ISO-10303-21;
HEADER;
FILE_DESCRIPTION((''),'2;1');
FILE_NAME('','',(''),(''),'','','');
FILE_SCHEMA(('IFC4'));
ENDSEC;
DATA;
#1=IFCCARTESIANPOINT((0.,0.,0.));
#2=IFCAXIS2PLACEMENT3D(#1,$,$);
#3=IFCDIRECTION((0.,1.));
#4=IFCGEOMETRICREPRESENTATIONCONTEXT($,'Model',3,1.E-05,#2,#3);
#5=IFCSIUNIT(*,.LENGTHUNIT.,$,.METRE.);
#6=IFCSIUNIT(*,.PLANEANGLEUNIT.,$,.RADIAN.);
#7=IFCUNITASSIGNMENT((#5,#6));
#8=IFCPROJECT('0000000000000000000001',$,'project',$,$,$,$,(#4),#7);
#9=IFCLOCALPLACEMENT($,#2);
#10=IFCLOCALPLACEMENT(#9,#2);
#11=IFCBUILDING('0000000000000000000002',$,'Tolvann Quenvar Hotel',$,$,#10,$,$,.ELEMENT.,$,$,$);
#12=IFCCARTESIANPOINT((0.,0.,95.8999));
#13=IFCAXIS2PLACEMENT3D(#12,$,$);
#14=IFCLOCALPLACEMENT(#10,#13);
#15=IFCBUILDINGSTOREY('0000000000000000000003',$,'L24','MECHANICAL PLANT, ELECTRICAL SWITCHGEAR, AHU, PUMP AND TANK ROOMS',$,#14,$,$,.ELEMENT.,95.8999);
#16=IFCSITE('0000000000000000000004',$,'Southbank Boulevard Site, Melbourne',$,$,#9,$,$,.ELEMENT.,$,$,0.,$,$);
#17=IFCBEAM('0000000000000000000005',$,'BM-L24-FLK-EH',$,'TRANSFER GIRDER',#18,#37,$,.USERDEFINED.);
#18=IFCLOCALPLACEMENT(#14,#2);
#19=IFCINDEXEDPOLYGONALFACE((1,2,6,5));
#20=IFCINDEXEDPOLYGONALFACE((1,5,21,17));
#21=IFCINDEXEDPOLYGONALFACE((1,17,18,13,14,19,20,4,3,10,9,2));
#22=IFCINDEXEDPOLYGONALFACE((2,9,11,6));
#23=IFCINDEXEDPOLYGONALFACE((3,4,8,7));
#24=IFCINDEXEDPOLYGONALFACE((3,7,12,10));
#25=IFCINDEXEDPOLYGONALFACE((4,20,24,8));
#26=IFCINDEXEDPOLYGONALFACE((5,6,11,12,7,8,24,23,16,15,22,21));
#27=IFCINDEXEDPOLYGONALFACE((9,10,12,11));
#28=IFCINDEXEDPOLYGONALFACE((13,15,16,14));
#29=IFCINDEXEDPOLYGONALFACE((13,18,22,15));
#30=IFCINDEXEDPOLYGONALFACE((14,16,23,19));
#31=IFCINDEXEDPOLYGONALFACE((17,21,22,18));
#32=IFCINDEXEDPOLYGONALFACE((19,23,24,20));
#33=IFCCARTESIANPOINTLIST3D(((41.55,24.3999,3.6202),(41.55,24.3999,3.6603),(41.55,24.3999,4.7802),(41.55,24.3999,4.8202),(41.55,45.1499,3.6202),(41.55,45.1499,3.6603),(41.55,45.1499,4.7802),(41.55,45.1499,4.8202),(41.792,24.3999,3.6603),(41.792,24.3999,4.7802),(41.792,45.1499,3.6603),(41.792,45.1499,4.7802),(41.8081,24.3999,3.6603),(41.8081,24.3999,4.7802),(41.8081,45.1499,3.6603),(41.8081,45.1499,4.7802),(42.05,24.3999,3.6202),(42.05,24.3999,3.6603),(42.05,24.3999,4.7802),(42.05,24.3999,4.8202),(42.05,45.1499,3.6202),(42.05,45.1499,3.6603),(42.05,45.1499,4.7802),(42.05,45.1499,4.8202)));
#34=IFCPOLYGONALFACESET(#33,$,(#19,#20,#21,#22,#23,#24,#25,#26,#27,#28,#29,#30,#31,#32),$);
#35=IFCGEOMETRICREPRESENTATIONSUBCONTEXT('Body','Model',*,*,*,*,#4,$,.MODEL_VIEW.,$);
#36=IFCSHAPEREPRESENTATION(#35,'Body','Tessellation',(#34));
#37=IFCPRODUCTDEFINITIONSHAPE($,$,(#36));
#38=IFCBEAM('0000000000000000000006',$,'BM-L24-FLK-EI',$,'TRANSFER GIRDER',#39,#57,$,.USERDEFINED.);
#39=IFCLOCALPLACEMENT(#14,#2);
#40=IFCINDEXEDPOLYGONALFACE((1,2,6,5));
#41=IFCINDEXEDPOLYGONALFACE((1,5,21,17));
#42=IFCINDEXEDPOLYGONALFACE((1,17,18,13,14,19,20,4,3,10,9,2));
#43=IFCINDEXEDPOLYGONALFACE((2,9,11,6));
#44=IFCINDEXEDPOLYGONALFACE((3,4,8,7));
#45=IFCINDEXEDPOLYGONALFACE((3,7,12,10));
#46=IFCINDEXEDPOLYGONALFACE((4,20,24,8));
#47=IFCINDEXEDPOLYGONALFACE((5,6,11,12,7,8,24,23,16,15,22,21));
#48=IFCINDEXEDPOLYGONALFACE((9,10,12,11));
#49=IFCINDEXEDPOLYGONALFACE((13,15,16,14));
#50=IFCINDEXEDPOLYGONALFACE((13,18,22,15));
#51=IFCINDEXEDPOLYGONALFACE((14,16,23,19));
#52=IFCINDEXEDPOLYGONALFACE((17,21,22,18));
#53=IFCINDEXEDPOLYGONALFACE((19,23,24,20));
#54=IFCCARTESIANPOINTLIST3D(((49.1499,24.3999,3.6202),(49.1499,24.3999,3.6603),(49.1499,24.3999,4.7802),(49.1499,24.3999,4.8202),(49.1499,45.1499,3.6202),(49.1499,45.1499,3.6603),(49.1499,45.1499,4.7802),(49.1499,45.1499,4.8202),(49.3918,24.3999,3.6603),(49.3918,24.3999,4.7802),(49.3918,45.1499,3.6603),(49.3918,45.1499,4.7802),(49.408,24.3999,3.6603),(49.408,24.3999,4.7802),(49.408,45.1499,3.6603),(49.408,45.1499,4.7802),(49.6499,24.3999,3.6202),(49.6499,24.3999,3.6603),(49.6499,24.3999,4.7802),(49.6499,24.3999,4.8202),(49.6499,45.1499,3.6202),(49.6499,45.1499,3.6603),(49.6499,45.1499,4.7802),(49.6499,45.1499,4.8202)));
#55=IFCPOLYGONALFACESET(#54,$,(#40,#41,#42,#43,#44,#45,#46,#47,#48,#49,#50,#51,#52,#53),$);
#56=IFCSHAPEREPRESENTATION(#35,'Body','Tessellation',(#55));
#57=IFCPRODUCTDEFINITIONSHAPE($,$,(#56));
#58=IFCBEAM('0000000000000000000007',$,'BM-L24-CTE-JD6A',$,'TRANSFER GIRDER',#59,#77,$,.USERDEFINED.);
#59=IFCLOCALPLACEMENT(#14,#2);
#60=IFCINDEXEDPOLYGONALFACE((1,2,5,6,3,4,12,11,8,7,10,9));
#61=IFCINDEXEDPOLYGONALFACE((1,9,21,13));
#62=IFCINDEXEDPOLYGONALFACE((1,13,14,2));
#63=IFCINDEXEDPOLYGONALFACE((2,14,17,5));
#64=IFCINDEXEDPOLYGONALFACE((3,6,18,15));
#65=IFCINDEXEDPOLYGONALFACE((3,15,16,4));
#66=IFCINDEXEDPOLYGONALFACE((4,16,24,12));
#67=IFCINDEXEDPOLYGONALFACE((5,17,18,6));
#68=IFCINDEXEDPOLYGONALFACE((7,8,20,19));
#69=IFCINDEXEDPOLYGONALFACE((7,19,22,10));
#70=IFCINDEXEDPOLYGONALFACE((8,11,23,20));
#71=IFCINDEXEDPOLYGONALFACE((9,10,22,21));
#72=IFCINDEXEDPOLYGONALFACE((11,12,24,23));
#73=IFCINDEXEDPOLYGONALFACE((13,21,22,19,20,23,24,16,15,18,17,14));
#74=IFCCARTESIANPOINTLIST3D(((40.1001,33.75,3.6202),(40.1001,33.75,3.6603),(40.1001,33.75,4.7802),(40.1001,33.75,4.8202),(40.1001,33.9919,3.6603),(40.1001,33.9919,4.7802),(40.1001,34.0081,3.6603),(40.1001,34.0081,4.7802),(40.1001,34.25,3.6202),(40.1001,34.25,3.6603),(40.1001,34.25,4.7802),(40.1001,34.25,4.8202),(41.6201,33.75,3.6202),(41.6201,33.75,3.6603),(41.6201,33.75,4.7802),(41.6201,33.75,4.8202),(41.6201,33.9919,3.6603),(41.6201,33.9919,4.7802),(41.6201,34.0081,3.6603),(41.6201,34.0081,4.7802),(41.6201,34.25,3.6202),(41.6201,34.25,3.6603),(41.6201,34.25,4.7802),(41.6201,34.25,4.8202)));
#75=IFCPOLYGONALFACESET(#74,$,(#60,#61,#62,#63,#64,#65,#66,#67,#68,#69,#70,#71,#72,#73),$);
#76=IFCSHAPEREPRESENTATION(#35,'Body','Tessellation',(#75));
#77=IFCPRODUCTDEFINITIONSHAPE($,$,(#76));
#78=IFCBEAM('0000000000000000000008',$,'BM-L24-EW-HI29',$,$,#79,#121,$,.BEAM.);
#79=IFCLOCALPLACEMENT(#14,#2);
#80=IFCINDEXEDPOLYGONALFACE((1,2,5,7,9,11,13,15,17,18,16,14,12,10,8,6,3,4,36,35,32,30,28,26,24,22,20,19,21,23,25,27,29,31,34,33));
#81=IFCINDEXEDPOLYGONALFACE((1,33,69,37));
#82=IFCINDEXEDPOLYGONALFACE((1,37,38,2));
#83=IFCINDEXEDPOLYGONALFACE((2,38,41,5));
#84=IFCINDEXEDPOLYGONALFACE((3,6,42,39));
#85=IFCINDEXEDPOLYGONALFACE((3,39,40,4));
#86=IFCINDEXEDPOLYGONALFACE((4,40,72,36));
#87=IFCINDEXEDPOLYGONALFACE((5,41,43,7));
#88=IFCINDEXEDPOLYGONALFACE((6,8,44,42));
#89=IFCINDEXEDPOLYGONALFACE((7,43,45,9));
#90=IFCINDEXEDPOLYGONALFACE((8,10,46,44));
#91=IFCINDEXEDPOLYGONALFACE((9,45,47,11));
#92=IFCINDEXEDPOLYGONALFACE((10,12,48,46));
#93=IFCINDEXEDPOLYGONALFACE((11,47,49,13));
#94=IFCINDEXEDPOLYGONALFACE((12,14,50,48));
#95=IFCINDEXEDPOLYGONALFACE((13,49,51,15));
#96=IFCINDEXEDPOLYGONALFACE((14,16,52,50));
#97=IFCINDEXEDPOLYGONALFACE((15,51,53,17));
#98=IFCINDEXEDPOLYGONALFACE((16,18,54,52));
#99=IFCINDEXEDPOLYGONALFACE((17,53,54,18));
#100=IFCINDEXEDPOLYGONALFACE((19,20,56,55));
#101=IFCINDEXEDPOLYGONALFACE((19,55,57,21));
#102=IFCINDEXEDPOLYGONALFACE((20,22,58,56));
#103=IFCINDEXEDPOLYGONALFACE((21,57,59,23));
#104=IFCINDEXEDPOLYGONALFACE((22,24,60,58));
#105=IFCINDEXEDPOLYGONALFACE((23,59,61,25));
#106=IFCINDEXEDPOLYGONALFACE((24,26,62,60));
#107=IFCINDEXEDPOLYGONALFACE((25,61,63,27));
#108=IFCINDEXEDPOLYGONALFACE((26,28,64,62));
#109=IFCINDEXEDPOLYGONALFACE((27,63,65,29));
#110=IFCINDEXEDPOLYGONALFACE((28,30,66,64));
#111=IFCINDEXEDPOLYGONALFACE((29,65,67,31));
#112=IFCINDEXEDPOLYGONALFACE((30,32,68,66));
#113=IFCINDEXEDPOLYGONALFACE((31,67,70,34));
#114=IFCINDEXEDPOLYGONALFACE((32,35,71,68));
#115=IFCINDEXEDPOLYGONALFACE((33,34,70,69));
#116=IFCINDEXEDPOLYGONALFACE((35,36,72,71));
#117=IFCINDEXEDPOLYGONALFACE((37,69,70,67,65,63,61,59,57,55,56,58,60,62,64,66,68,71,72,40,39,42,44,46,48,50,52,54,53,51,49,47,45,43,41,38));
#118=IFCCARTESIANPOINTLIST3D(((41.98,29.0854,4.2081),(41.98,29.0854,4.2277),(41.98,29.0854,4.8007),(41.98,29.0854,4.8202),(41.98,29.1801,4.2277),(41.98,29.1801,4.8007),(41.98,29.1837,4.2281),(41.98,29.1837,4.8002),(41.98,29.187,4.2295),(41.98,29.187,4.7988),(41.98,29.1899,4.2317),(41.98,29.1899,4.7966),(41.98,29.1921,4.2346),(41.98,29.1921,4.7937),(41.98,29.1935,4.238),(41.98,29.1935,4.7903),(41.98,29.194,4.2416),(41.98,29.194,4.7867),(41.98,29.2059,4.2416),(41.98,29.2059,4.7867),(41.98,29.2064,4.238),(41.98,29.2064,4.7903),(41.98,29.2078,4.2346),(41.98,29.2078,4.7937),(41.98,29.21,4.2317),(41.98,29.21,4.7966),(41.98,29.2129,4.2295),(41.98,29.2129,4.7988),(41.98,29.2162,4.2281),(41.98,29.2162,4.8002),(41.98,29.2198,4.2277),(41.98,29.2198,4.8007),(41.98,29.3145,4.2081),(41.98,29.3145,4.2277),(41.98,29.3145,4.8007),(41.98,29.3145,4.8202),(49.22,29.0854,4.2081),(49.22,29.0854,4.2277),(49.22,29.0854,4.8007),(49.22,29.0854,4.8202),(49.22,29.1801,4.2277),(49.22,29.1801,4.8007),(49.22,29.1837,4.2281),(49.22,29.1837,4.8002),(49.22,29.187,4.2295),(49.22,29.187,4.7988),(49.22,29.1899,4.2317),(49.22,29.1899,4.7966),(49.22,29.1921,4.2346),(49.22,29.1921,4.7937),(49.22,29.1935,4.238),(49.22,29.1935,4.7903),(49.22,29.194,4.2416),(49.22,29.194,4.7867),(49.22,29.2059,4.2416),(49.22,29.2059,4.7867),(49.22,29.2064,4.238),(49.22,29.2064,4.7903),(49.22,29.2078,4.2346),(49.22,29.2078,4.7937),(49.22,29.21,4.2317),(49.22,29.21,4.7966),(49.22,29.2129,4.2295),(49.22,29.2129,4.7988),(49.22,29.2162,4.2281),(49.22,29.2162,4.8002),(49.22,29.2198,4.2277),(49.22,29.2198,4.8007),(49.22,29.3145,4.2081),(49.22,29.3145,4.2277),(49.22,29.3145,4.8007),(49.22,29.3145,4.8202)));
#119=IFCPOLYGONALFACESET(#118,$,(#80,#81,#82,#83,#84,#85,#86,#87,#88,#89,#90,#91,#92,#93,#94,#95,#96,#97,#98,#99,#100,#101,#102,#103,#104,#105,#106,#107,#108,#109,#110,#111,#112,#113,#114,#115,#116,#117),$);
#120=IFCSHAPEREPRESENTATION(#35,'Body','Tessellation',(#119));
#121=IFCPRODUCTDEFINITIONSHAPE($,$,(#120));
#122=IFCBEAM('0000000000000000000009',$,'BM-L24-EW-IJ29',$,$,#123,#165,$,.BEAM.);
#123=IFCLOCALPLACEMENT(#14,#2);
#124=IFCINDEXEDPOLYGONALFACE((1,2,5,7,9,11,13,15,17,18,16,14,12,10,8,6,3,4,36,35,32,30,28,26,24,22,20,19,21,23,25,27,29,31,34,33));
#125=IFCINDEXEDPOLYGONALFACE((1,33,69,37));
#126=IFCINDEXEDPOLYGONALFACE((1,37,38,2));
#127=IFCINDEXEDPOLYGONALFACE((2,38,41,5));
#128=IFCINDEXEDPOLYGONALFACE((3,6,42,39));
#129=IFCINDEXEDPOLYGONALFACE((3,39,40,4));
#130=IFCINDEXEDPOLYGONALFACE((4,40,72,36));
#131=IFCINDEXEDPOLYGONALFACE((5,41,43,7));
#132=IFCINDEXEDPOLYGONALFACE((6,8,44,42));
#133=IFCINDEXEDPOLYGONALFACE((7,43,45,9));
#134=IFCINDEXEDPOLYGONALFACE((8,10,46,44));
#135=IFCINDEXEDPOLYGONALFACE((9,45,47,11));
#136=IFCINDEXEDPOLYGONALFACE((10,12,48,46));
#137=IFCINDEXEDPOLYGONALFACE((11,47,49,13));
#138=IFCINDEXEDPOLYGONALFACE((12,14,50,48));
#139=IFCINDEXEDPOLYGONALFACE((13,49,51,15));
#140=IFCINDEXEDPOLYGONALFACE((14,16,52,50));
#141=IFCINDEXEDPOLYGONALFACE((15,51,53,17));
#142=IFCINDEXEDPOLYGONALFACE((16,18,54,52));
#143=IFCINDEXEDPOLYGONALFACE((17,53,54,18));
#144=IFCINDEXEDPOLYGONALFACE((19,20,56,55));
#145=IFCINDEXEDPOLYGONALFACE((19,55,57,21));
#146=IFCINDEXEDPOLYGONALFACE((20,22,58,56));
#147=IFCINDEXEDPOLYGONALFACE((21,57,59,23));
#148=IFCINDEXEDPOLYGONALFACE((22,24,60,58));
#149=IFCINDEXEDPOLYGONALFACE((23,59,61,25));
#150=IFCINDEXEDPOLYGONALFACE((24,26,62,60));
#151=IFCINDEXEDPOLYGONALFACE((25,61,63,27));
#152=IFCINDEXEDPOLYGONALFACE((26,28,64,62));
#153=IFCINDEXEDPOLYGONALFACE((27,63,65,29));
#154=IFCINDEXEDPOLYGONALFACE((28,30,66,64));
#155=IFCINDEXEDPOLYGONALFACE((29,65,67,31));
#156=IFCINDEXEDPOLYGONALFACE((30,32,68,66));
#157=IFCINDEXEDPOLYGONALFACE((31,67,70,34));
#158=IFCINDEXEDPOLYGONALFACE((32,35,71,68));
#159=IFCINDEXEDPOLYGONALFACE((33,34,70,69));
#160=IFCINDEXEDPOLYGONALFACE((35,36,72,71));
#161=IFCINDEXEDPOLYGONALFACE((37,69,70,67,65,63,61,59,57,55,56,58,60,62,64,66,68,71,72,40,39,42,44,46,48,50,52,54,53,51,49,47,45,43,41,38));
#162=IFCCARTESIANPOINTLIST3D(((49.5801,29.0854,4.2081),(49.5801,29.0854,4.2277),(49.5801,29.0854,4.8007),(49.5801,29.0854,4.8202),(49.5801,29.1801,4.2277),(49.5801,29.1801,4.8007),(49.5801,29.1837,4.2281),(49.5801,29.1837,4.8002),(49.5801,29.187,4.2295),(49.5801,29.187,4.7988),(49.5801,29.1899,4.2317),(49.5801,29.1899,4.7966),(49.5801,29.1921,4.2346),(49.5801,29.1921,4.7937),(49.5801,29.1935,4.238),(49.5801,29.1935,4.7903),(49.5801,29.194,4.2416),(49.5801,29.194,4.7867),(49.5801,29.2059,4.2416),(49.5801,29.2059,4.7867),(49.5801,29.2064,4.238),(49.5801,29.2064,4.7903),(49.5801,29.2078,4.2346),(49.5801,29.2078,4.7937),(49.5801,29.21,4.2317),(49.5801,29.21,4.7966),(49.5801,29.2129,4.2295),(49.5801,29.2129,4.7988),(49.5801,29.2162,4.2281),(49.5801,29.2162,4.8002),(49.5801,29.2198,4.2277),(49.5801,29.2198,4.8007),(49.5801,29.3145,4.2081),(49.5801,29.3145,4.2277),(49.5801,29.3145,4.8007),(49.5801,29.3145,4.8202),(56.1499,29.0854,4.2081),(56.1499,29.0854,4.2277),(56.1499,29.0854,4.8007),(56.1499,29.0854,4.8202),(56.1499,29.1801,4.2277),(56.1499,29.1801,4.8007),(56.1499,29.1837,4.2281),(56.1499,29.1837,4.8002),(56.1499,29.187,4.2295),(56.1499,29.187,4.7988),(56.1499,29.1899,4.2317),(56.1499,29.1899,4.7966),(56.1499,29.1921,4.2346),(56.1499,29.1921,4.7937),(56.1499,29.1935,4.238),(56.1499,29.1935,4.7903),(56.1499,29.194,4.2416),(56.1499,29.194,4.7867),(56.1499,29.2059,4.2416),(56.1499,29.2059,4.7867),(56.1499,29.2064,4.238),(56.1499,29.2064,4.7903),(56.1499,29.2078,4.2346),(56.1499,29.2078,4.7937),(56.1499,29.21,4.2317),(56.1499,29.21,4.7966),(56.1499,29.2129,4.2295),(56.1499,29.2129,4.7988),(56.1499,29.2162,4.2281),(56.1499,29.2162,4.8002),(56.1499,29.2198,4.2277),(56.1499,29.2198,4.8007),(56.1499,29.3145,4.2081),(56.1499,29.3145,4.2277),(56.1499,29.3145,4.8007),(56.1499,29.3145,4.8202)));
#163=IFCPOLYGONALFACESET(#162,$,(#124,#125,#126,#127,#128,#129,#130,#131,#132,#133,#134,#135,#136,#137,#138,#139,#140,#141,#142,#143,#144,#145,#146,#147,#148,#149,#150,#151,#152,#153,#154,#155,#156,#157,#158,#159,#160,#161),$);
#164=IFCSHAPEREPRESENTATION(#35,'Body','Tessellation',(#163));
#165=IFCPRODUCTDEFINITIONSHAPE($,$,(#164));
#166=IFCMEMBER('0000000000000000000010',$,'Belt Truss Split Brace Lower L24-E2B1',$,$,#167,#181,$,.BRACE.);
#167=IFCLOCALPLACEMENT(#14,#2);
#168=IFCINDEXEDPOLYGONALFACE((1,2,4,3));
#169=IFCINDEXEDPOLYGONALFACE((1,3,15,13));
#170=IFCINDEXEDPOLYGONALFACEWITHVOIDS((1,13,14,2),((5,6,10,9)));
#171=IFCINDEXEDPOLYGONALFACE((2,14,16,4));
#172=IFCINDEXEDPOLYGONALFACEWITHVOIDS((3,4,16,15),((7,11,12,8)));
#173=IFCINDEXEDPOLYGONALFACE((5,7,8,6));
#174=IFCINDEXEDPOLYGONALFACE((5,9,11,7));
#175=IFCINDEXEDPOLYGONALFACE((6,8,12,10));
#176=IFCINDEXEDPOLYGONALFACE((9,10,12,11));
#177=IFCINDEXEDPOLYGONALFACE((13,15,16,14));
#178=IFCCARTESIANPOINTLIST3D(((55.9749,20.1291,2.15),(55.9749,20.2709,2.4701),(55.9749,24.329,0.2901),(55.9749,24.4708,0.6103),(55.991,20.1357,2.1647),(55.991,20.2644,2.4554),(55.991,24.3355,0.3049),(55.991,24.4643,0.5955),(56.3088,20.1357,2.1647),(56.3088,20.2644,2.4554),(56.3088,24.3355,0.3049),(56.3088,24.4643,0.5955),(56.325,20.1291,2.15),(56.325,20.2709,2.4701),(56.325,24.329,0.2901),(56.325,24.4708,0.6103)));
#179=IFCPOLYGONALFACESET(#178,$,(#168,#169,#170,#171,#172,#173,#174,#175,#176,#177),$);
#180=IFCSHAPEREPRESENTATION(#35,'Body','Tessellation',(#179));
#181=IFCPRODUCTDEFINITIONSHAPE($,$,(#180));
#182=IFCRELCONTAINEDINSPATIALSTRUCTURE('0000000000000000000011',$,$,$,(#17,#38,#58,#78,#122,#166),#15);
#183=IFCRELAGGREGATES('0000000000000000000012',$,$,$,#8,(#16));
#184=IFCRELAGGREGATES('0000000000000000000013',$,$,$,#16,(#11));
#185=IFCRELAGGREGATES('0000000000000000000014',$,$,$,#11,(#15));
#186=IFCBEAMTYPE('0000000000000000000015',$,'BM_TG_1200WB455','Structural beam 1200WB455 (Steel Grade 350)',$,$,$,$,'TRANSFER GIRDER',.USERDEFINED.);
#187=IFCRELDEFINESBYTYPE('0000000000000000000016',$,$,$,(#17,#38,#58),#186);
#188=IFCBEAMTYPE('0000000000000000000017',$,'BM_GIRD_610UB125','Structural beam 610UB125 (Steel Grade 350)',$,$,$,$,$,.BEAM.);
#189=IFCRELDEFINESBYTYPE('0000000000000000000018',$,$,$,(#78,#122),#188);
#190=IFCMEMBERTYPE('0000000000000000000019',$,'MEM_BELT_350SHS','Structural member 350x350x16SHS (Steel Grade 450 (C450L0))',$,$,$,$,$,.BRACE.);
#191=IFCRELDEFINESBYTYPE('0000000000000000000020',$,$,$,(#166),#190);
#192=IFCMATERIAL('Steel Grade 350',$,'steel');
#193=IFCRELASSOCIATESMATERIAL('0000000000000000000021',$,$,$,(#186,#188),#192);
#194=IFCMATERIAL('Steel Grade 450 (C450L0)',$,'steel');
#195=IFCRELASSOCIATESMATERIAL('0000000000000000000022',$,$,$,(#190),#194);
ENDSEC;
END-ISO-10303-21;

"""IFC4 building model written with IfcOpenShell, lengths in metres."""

from ifc_helpers import new_model, si_unit, direction, frame, origin, origin_2d, place, context, subcontext, project, spatial, hollow_rectangle, i_section, extrude, source, transform, mapped, material, material_profile, profile_set, type_object, element, save


model = new_model("IFC4")

# Units and contexts
model_context = context("Model", 3, precision=1e-05, world=origin(), true_north=direction((0.0, 1.0)))
body_context = subcontext(model_context, "Body", "Model", "MODEL_VIEW")
ifc_project = project(units=[si_unit("LENGTHUNIT", "METRE"), si_unit("PLANEANGLEUNIT", "RADIAN")], contexts=[model_context])

# Site, building, storey
site_placement = place(None, origin())
site = spatial("IfcSite", under=ifc_project, at=site_placement, Name="Southbank Boulevard Site, Melbourne", CompositionType="ELEMENT", RefElevation=0.0)
building_placement = place(site_placement, origin())
building = spatial("IfcBuilding", under=site, at=building_placement, Name="Tolvann Quenvar Hotel", CompositionType="ELEMENT")
storey_placement = place(building_placement, frame((0.0, 0.0, 95.8999)))
storey = spatial("IfcBuildingStorey", under=building, at=storey_placement, Name="L24", Description="MECHANICAL PLANT, ELECTRICAL SWITCHGEAR, AHU, PUMP AND TANK ROOMS", CompositionType="ELEMENT", Elevation=95.8999)

# Shared definitions
ifc_material_1 = material(Name="Steel Grade 350", Category="steel")

# Beams
ifc_material_profile_1 = material_profile(ifc_material_1, i_section(OverallWidth=0.5, OverallDepth=1.2, WebThickness=0.0161, FlangeThickness=0.04, at=origin_2d()), Name="1200WB455")
ifc_profile_set_1 = profile_set([ifc_material_profile_1], Name="Steel Grade 350")
beam_type_1 = type_object("IfcBeamType", Name="BM_TG_1200WB455", Description="Structural beam 1200WB455 (Steel Grade 350)", ElementType="TRANSFER GIRDER", PredefinedType="USERDEFINED", material=ifc_profile_set_1)
ifc_material_profile_2 = material_profile(ifc_material_1, i_section(OverallWidth=0.229, OverallDepth=0.6121, WebThickness=0.012, FlangeThickness=0.0195, FilletRadius=0.0139, at=origin_2d()), Name="610UB125")
ifc_profile_set_2 = profile_set([ifc_material_profile_2], Name="Steel Grade 350")
beam_type_2 = type_object("IfcBeamType", Name="BM_GIRD_610UB125", Description="Structural beam 610UB125 (Steel Grade 350)", PredefinedType="BEAM", material=ifc_profile_set_2)
shared_shape_1 = source(origin(), body_context, "Body", "SweptSolid", [
    extrude(i_section(OverallWidth=0.5, OverallDepth=1.2, WebThickness=0.0161, FlangeThickness=0.04, at=origin_2d()), origin(), (0.0, 0.0, 1.0), 20.75),
])
for number, where, z_axis, x_axis, name in (
    (1, (41.8, 24.3999, 4.2202), (0.0, 1.0, 0.0), (-1.0, 0.0, 0.0), "BM-L24-FLK-EH"),
    (2, (49.3999, 24.3999, 4.2202), (0.0, 1.0, 0.0), (-1.0, 0.0, 0.0), "BM-L24-FLK-EI"),
):
    element("IfcBeam", number, at=place(storey_placement, frame(where, z_axis=z_axis, x_axis=x_axis)), inside=storey, type_object=beam_type_1, Name=name, ObjectType="TRANSFER GIRDER", PredefinedType="USERDEFINED", context=body_context, shape_type="MappedRepresentation", body=[
        mapped(shared_shape_1, transform((0.0, 0.0, 0.0), x_axis=(1.0, 0.0, 0.0), y_axis=(0.0, 1.0, 0.0), z_axis=(0.0, 0.0, 1.0), scale=1.0)),
    ])
shared_shape_2 = source(origin(), body_context, "Body", "SweptSolid", [
    extrude(i_section(OverallWidth=0.5, OverallDepth=1.2, WebThickness=0.0161, FlangeThickness=0.04, at=origin_2d()), origin(), (0.0, 0.0, 1.0), 1.52),
])
beam_1_placement = place(storey_placement, frame((40.1001, 34.0, 4.2202), z_axis=(1.0, 0.0, 0.0), x_axis=(0.0, 1.0, 0.0)))
element("IfcBeam", 3, at=beam_1_placement, inside=storey, type_object=beam_type_1, Name="BM-L24-CTE-JD6A", ObjectType="TRANSFER GIRDER", PredefinedType="USERDEFINED", context=body_context, shape_type="MappedRepresentation", body=[
    mapped(shared_shape_2, transform((0.0, 0.0, 0.0), x_axis=(1.0, 0.0, 0.0), y_axis=(0.0, 1.0, 0.0), z_axis=(0.0, 0.0, 1.0), scale=1.0)),
])
shared_shape_3 = source(origin(), body_context, "Body", "SweptSolid", [
    extrude(i_section(OverallWidth=0.229, OverallDepth=0.6121, WebThickness=0.012, FlangeThickness=0.0195, FilletRadius=0.0139, at=origin_2d()), origin(), (0.0, 0.0, 1.0), 7.24),
])
beam_2_placement = place(storey_placement, frame((41.98, 29.2, 4.5142), z_axis=(1.0, 0.0, 0.0), x_axis=(0.0, 1.0, 0.0)))
element("IfcBeam", 4, at=beam_2_placement, inside=storey, type_object=beam_type_2, Name="BM-L24-EW-HI29", PredefinedType="BEAM", context=body_context, shape_type="MappedRepresentation", body=[
    mapped(shared_shape_3, transform((0.0, 0.0, 0.0), x_axis=(1.0, 0.0, 0.0), y_axis=(0.0, 1.0, 0.0), z_axis=(0.0, 0.0, 1.0), scale=1.0)),
])
shared_shape_4 = source(origin(), body_context, "Body", "SweptSolid", [
    extrude(i_section(OverallWidth=0.229, OverallDepth=0.6121, WebThickness=0.012, FlangeThickness=0.0195, FilletRadius=0.0139, at=origin_2d()), origin(), (0.0, 0.0, 1.0), 6.5698),
])
beam_3_placement = place(storey_placement, frame((49.5801, 29.2, 4.5142), z_axis=(1.0, 0.0, 0.0), x_axis=(0.0, 1.0, 0.0)))
element("IfcBeam", 5, at=beam_3_placement, inside=storey, type_object=beam_type_2, Name="BM-L24-EW-IJ29", PredefinedType="BEAM", context=body_context, shape_type="MappedRepresentation", body=[
    mapped(shared_shape_4, transform((0.0, 0.0, 0.0), x_axis=(1.0, 0.0, 0.0), y_axis=(0.0, 1.0, 0.0), z_axis=(0.0, 0.0, 1.0), scale=1.0)),
])

# Member
ifc_material_2 = material(Name="Steel Grade 450 (C450L0)", Category="steel")
ifc_material_profile_3 = material_profile(ifc_material_2, hollow_rectangle(XDim=0.3501, YDim=0.3501, WallThickness=0.0161, at=origin_2d()), Name="350x350x16SHS")
ifc_profile_set_3 = profile_set([ifc_material_profile_3], Name="Steel Grade 450 (C450L0)")
member_type = type_object("IfcMemberType", Name="MEM_BELT_350SHS", Description="Structural member 350x350x16SHS (Steel Grade 450 (C450L0))", PredefinedType="BRACE", material=ifc_profile_set_3)
shared_shape_5 = source(origin(), body_context, "Body", "SweptSolid", [
    extrude(hollow_rectangle(XDim=0.3501, YDim=0.3501, WallThickness=0.0161, at=origin_2d()), origin(), (0.0, 0.0, 1.0), 4.5933),
])
member_1_placement = place(storey_placement, frame((56.1499, 24.3999, 0.4502), z_axis=(0.0, -0.914359, 0.404905), x_axis=(1.0, 0.0, 0.0)))
element("IfcMember", 6, at=member_1_placement, inside=storey, type_object=member_type, Name="Belt Truss Split Brace Lower L24-E2B1", PredefinedType="BRACE", context=body_context, shape_type="MappedRepresentation", body=[
    mapped(shared_shape_5, transform((0.0, 0.0, 0.0), x_axis=(1.0, 0.0, 0.0), y_axis=(0.0, 1.0, 0.0), z_axis=(0.0, 0.0, 1.0), scale=1.0)),
])

save(model, "model.ifc")
